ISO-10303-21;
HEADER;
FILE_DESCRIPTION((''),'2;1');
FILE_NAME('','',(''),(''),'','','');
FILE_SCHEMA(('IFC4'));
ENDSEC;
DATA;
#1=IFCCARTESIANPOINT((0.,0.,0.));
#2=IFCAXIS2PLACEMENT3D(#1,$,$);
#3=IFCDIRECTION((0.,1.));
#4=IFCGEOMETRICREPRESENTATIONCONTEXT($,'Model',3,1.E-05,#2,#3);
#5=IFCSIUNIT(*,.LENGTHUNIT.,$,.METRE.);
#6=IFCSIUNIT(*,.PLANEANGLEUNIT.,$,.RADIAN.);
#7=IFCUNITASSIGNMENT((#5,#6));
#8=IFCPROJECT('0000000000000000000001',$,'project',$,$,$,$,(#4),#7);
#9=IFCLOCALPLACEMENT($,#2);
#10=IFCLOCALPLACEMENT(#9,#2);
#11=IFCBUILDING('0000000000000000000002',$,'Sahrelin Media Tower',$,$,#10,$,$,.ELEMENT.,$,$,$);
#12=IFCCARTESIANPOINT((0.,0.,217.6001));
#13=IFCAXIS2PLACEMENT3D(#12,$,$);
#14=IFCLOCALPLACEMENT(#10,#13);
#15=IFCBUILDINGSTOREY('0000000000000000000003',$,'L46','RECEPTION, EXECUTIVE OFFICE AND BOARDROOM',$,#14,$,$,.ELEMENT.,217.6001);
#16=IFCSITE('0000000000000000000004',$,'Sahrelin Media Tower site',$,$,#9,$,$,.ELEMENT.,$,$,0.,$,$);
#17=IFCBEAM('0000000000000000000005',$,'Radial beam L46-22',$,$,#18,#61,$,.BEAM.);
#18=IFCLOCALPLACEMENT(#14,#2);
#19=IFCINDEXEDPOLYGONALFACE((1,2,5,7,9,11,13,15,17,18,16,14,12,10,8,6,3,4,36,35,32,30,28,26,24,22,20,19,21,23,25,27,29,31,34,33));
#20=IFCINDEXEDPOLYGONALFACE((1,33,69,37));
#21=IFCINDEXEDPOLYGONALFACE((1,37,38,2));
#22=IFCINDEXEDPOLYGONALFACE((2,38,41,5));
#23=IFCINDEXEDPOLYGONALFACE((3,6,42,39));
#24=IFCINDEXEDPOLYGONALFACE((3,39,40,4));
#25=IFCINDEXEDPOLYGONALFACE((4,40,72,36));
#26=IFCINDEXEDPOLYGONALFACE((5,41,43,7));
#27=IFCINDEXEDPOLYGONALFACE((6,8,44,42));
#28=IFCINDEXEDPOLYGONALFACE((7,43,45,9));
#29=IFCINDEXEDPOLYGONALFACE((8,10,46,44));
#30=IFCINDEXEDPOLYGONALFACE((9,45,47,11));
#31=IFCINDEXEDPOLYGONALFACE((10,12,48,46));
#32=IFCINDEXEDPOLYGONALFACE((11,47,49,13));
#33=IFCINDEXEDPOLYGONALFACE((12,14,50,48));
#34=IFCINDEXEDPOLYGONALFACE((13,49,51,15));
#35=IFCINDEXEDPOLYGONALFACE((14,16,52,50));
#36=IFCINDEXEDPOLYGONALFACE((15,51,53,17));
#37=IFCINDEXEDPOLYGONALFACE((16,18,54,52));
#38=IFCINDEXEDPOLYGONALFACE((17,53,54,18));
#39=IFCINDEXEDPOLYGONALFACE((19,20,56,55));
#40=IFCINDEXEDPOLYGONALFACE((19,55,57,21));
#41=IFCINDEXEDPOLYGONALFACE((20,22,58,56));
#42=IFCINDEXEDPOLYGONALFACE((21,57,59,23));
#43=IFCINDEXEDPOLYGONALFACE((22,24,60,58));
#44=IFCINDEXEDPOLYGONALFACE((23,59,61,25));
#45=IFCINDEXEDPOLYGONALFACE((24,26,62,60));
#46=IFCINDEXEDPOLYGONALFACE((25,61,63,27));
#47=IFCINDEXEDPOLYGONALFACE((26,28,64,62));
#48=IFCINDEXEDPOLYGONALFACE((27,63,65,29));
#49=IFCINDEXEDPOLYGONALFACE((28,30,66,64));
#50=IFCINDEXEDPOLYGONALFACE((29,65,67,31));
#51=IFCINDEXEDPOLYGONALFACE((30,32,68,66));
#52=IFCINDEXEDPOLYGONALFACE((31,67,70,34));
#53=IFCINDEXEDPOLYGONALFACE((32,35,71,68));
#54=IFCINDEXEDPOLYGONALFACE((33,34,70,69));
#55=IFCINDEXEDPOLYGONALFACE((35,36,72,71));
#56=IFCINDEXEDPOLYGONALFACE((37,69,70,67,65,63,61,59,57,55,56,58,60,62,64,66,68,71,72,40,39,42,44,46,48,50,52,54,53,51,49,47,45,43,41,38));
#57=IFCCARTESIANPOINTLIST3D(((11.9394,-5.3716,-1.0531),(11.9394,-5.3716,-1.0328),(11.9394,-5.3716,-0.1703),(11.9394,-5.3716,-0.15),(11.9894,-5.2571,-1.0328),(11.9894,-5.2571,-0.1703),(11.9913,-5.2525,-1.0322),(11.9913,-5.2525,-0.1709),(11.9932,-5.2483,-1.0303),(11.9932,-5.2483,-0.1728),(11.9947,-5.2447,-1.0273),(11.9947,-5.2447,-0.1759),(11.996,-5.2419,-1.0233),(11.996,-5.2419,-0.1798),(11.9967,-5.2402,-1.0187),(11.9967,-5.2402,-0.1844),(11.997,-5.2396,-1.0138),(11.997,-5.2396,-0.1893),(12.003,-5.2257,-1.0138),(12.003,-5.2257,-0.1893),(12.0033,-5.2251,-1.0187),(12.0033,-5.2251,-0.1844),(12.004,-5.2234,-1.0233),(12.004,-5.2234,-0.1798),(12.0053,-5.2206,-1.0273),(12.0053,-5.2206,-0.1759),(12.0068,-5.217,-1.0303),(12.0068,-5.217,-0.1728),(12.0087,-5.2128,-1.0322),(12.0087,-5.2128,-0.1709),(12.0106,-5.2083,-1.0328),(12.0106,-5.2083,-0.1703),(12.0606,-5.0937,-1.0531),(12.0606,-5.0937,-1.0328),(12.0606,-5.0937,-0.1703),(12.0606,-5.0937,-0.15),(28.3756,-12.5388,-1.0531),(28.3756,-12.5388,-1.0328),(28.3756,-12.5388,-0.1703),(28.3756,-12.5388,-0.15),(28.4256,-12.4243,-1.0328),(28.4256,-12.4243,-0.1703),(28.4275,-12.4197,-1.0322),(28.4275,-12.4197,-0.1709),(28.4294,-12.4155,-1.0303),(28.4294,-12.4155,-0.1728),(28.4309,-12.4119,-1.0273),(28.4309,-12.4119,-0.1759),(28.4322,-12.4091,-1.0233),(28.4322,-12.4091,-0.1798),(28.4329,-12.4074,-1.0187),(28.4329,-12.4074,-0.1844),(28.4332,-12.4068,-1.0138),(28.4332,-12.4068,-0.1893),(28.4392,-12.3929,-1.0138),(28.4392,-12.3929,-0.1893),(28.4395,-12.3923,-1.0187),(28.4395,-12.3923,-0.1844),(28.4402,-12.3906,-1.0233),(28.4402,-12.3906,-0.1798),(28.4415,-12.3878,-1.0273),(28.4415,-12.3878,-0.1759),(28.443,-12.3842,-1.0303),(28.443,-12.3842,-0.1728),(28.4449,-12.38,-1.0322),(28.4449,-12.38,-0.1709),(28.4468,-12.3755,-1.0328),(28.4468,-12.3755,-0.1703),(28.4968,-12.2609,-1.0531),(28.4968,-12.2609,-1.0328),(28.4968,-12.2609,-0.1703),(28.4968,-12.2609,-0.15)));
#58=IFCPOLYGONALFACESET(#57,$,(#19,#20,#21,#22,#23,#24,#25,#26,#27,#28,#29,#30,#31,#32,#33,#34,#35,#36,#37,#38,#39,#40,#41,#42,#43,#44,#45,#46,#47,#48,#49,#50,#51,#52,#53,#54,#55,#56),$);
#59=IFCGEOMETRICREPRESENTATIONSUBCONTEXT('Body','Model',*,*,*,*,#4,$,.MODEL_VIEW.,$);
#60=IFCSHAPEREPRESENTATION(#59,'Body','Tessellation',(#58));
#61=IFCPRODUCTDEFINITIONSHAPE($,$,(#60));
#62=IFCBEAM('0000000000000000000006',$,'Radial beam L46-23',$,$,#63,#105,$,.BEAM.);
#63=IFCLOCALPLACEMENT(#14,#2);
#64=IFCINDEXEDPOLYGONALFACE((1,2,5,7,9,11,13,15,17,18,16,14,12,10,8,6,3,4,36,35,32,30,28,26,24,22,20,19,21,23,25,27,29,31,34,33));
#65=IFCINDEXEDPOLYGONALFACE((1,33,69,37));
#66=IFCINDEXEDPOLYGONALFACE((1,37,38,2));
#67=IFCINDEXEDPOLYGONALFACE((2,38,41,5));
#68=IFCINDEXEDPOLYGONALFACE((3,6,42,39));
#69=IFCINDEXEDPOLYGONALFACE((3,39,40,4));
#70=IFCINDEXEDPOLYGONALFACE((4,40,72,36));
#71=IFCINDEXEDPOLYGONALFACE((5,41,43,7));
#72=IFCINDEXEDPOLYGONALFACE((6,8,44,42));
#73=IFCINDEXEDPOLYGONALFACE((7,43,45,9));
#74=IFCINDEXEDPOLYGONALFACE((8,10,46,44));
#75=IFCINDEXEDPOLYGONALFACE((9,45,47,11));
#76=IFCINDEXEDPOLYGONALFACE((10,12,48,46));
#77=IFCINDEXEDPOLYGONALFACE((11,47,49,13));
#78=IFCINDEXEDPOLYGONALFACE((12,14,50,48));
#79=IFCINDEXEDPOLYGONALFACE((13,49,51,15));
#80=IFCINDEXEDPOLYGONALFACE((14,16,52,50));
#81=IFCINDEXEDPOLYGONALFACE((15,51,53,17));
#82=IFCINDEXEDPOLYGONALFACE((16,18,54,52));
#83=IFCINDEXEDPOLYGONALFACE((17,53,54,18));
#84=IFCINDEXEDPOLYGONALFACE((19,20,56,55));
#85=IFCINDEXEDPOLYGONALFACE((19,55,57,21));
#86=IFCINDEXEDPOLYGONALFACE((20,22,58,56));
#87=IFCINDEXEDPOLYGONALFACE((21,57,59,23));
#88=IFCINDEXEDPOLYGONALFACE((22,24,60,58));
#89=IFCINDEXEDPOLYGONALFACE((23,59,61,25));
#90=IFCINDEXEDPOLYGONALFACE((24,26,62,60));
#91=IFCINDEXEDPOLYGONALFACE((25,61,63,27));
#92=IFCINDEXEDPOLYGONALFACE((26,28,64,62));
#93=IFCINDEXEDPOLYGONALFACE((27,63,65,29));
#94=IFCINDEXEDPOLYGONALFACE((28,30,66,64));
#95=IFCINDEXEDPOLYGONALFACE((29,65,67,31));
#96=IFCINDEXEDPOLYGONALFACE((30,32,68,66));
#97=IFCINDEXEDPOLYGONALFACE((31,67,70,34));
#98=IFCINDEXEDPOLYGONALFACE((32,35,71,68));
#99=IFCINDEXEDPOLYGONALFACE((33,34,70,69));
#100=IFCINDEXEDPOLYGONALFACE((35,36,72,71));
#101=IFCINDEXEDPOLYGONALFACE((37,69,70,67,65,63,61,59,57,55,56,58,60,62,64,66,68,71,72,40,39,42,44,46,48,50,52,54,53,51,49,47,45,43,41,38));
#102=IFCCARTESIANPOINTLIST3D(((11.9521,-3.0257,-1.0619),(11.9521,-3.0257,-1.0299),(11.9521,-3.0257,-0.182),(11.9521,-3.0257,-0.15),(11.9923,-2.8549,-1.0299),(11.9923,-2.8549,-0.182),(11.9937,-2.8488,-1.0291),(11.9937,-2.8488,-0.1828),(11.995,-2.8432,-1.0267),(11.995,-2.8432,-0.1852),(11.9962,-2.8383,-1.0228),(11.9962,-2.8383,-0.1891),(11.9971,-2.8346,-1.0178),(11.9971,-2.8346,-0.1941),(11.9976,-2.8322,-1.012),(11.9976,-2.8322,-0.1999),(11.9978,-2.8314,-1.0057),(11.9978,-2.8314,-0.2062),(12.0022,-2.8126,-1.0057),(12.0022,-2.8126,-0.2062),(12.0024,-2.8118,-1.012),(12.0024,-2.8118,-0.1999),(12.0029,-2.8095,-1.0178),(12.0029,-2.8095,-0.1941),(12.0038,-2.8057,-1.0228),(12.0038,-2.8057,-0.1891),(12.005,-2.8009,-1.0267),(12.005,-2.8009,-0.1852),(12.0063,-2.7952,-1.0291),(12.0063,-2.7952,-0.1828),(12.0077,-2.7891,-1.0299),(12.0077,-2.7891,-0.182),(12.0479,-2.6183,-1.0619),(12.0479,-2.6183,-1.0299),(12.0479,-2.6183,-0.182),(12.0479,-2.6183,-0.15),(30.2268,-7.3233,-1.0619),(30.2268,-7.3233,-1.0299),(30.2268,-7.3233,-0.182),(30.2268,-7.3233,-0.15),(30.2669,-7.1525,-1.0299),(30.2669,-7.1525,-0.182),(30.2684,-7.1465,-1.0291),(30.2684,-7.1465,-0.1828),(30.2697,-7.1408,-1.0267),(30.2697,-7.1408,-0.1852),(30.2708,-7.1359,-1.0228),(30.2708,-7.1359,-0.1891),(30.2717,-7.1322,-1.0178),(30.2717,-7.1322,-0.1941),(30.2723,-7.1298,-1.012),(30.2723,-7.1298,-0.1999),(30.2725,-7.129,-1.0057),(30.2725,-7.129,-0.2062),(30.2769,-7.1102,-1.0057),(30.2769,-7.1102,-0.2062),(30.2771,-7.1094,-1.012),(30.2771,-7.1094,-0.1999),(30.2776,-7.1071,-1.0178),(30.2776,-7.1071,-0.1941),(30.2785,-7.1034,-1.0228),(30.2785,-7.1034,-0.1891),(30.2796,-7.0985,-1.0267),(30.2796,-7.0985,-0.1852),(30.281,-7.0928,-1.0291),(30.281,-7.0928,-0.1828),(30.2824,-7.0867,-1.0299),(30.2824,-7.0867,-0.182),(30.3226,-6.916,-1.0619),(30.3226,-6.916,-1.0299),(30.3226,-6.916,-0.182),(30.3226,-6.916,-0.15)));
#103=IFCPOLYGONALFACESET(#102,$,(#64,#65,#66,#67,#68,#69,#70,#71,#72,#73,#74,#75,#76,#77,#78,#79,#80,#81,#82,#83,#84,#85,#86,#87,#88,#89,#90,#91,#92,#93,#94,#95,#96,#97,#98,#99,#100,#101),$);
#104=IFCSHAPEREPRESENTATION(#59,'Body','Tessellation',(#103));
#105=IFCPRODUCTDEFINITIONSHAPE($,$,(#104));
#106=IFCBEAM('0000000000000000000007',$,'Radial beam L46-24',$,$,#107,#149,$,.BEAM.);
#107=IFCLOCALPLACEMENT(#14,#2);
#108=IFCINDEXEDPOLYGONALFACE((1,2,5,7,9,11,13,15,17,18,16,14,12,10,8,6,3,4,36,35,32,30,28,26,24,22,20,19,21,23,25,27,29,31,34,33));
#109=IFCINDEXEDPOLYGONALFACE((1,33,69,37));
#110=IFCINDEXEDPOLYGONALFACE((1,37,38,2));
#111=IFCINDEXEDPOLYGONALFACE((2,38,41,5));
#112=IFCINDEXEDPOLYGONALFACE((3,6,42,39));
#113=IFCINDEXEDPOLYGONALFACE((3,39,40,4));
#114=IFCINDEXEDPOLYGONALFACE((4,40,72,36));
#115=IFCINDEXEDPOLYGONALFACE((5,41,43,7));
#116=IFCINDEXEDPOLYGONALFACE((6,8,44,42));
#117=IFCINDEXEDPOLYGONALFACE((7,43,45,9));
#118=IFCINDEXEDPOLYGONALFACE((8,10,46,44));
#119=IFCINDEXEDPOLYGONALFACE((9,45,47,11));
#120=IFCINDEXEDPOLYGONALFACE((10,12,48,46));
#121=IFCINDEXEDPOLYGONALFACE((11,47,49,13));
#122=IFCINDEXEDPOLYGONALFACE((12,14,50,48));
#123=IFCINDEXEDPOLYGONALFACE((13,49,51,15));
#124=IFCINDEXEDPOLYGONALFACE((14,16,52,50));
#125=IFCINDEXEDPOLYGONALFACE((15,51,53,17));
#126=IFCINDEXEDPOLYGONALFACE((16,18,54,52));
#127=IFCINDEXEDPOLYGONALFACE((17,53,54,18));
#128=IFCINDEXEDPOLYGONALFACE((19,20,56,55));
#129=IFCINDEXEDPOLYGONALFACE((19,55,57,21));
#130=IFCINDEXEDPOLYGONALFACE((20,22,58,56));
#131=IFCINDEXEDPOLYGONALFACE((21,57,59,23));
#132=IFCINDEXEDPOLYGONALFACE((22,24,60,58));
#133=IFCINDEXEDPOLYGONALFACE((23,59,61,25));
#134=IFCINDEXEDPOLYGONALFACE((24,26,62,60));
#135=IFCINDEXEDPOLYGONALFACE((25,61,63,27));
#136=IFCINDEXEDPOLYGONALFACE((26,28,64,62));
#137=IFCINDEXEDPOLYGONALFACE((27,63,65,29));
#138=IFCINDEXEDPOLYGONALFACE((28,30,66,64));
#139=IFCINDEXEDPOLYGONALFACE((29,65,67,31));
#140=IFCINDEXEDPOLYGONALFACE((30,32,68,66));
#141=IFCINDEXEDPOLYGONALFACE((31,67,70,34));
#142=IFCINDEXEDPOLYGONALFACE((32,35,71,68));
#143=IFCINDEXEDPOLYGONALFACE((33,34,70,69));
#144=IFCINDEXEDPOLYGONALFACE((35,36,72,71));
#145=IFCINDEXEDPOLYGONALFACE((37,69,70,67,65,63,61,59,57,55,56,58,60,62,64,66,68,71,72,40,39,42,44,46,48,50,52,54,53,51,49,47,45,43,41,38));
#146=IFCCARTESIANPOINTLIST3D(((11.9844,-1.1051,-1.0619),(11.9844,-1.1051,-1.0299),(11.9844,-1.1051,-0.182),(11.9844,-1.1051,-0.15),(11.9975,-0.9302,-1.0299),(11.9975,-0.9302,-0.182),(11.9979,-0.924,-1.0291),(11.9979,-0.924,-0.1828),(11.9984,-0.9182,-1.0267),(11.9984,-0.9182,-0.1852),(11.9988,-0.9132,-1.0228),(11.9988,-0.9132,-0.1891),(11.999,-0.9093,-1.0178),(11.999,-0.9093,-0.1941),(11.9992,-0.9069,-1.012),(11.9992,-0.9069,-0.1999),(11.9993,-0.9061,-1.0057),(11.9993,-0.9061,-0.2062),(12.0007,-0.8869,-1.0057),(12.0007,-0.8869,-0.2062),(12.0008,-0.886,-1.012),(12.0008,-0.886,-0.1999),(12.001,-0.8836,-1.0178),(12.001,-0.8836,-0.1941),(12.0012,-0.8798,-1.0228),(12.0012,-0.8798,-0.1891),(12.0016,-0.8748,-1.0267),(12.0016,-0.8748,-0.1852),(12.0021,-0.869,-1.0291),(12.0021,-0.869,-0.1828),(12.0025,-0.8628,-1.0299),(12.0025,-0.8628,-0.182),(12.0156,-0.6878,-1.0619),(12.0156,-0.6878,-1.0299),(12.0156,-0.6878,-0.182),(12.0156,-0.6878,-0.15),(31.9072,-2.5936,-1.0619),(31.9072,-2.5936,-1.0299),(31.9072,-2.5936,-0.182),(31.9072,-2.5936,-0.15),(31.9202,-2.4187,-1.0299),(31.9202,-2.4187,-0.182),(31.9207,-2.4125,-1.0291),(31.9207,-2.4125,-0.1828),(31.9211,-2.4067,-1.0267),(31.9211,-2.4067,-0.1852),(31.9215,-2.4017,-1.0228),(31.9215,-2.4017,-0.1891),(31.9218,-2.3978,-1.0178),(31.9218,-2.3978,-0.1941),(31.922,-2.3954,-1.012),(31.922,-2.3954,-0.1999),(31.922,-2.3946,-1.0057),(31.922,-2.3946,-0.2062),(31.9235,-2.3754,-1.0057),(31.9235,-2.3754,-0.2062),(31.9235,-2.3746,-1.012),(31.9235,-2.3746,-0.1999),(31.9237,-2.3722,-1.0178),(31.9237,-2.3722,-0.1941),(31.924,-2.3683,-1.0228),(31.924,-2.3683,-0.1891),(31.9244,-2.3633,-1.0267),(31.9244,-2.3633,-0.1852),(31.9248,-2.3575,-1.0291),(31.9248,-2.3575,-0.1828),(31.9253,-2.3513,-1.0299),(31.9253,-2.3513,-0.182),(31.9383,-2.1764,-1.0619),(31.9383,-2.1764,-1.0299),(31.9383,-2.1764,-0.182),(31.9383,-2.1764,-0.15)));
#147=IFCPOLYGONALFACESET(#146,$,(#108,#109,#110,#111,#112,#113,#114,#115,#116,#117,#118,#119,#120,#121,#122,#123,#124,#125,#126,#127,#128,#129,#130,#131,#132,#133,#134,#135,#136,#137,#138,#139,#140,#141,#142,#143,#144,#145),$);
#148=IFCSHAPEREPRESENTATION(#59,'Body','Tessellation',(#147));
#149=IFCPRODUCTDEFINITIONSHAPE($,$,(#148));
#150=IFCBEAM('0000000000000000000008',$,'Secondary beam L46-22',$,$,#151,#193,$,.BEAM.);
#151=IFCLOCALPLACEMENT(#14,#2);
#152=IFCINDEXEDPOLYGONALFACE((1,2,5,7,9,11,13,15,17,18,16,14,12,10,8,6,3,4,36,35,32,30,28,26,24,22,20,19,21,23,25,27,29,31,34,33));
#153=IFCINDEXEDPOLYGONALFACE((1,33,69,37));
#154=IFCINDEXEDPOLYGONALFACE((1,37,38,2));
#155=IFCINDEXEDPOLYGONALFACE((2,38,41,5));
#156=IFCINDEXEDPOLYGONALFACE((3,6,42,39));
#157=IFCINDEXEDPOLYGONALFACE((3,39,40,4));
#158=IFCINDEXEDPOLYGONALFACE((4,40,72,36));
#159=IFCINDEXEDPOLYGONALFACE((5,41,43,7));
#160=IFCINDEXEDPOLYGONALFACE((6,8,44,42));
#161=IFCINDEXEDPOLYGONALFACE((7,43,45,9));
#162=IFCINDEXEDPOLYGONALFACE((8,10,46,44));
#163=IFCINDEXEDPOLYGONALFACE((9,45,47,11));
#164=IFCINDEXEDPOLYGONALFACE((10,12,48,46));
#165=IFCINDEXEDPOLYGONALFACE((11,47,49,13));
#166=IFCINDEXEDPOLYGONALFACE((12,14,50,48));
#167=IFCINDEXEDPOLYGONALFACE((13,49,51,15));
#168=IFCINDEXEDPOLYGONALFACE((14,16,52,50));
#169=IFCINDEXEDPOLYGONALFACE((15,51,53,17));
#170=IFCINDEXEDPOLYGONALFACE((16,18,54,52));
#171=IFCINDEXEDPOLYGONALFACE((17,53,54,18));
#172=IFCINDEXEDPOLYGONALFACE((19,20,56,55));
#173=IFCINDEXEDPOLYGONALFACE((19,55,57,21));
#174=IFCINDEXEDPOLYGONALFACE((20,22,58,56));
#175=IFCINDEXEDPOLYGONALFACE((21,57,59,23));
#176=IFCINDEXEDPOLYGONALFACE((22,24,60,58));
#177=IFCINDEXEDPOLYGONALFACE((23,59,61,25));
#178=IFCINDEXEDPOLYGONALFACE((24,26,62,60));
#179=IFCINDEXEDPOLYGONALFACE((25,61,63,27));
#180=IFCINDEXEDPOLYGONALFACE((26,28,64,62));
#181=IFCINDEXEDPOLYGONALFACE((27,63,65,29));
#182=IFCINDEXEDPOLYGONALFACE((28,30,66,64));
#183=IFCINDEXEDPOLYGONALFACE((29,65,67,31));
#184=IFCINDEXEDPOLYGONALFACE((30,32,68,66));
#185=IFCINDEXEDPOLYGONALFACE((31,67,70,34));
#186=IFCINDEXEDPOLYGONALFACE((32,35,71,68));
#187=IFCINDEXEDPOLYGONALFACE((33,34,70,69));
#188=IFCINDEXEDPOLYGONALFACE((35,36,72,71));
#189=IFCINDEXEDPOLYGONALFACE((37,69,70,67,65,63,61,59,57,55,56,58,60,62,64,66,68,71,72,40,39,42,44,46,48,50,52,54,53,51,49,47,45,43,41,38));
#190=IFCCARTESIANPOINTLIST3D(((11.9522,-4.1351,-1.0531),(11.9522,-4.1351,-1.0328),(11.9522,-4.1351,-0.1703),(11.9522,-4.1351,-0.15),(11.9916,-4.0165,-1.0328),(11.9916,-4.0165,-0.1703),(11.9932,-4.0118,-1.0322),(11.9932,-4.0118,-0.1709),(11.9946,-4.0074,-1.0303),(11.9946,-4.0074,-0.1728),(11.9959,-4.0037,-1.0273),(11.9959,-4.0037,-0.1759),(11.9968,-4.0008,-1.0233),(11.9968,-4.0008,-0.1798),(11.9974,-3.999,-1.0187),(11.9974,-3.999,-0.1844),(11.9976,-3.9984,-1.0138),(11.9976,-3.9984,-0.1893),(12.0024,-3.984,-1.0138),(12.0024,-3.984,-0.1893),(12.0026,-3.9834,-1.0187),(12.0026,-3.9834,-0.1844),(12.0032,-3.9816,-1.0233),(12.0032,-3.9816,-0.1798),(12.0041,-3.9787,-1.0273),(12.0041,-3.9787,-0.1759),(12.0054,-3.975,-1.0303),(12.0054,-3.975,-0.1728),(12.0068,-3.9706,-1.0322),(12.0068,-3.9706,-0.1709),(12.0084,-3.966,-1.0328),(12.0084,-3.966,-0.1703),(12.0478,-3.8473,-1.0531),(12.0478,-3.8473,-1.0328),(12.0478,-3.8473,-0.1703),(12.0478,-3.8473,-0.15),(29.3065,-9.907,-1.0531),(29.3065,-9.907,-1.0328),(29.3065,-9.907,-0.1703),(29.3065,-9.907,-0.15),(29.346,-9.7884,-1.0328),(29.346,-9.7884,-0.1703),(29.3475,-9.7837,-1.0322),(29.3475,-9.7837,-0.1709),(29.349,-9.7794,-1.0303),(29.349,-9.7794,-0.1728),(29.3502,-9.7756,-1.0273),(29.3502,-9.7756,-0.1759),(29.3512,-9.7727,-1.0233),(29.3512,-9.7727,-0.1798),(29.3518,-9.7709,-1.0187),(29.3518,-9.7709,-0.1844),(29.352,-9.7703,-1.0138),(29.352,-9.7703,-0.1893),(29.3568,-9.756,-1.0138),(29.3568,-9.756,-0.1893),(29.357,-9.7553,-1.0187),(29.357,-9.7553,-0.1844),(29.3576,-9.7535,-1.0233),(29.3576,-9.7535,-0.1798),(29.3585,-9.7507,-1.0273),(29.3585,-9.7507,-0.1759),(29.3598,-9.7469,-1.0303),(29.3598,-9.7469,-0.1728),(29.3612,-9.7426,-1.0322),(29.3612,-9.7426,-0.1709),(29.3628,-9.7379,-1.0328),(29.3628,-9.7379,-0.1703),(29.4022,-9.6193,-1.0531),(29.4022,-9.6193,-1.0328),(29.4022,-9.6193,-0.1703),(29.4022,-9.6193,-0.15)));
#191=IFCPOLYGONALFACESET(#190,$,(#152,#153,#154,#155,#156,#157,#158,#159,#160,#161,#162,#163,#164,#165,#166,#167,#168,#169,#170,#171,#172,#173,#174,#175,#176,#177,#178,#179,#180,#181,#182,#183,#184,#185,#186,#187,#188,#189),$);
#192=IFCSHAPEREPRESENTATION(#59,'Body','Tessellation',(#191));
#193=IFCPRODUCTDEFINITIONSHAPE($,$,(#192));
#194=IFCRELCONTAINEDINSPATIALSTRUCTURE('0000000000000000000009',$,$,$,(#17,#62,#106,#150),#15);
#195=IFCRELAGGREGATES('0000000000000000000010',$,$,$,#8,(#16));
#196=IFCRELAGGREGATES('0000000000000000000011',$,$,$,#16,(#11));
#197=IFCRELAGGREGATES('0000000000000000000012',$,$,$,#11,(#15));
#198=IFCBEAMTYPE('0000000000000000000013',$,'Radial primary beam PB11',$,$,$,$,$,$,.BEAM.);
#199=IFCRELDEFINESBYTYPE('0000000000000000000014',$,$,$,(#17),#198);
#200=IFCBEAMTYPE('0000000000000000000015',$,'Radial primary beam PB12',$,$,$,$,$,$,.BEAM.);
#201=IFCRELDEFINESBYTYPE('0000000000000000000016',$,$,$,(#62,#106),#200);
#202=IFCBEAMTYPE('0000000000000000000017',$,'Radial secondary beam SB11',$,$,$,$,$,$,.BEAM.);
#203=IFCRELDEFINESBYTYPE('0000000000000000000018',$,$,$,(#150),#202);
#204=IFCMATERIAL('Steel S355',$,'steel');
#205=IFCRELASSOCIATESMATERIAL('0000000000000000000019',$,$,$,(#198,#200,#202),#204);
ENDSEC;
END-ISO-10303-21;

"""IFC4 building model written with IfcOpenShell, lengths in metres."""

from ifc_helpers import new_model, si_unit, direction, frame, origin, origin_2d, place, context, subcontext, project, spatial, i_section, extrude, material, material_profile, profile_set, type_object, element, save


model = new_model("IFC4")

# Units and contexts
model_context = context("Model", 3, precision=1e-05, world=origin(), true_north=direction((0.0, 1.0)))
body_context = subcontext(model_context, "Body", "Model", "MODEL_VIEW")
ifc_project = project(units=[si_unit("LENGTHUNIT", "METRE"), si_unit("PLANEANGLEUNIT", "RADIAN")], contexts=[model_context])

# Site, building, storey
site_placement = place(None, origin())
site = spatial("IfcSite", under=ifc_project, at=site_placement, Name="Sahrelin Media Tower site", CompositionType="ELEMENT", RefElevation=0.0)
building_placement = place(site_placement, origin())
building = spatial("IfcBuilding", under=site, at=building_placement, Name="Sahrelin Media Tower", CompositionType="ELEMENT")
storey_placement = place(building_placement, frame((0.0, 0.0, 217.6001)))
storey = spatial("IfcBuildingStorey", under=building, at=storey_placement, Name="L46", Description="RECEPTION, EXECUTIVE OFFICE AND BOARDROOM", CompositionType="ELEMENT", Elevation=217.6001)

# Beams
ifc_material_1 = material(Name="Steel S355", Category="steel")
ifc_material_profile_1 = material_profile(ifc_material_1, i_section(OverallWidth=0.3032, OverallDepth=0.9031, WebThickness=0.0151, FlangeThickness=0.0203, FilletRadius=0.019, at=origin_2d()), Name="UB 914x305x201")
ifc_profile_set_1 = profile_set([ifc_material_profile_1], Name="Steel S355")
beam_type_1 = type_object("IfcBeamType", Name="Radial primary beam PB11", PredefinedType="BEAM", material=ifc_profile_set_1)
beam_1_placement = place(storey_placement, frame((12.0, -5.2327, -0.6016), z_axis=(0.916641, -0.399712, 0.0), x_axis=(0.399712, 0.916641, 0.0)))
element("IfcBeam", 1, at=beam_1_placement, inside=storey, type_object=beam_type_1, Name="Radial beam L46-22", PredefinedType="BEAM", context=body_context, shape_type="SweptSolid", body=[
    extrude(i_section(OverallWidth=0.3032, OverallDepth=0.9031, WebThickness=0.0151, FlangeThickness=0.0203, FilletRadius=0.019, at=origin_2d()), origin(), (0.0, 0.0, 1.0), 17.9309),
])
ifc_material_profile_2 = material_profile(ifc_material_1, i_section(OverallWidth=0.4185, OverallDepth=0.9119, WebThickness=0.0193, FlangeThickness=0.032, FilletRadius=0.0242, at=origin_2d()), Name="UB 914x419x343")
ifc_profile_set_2 = profile_set([ifc_material_profile_2], Name="Steel S355")
beam_type_2 = type_object("IfcBeamType", Name="Radial primary beam PB12", PredefinedType="BEAM", material=ifc_profile_set_2)
beam_2_placement = place(storey_placement, frame((12.0, -2.822, -0.606), z_axis=(0.973445, -0.228923, 0.0), x_axis=(0.228923, 0.973445, 0.0)))
element("IfcBeam", 2, at=beam_2_placement, inside=storey, type_object=beam_type_2, Name="Radial beam L46-23", PredefinedType="BEAM", context=body_context, shape_type="SweptSolid", body=[
    extrude(i_section(OverallWidth=0.4185, OverallDepth=0.9119, WebThickness=0.0193, FlangeThickness=0.032, FilletRadius=0.0242, at=origin_2d()), origin(), (0.0, 0.0, 1.0), 18.7732),
])
beam_3_placement = place(storey_placement, frame((12.0, -0.8965, -0.606), z_axis=(0.997221, -0.074507, 0.0), x_axis=(0.074507, 0.997221, 0.0)))
element("IfcBeam", 3, at=beam_3_placement, inside=storey, type_object=beam_type_2, Name="Radial beam L46-24", PredefinedType="BEAM", context=body_context, shape_type="SweptSolid", body=[
    extrude(i_section(OverallWidth=0.4185, OverallDepth=0.9119, WebThickness=0.0193, FlangeThickness=0.032, FilletRadius=0.0242, at=origin_2d()), origin(), (0.0, 0.0, 1.0), 19.9783),
])
ifc_material_profile_3 = material_profile(ifc_material_1, i_section(OverallWidth=0.3032, OverallDepth=0.9031, WebThickness=0.0151, FlangeThickness=0.0203, FilletRadius=0.019, at=origin_2d()), Name="UB 914x305x201")
ifc_profile_set_3 = profile_set([ifc_material_profile_3], Name="Steel S355")
beam_type_3 = type_object("IfcBeamType", Name="Radial secondary beam SB11", PredefinedType="BEAM", material=ifc_profile_set_3)
beam_4_placement = place(storey_placement, frame((12.0, -3.9912, -0.6016), z_axis=(0.948894, -0.315595, 0.0), x_axis=(0.315595, 0.948894, 0.0)))
element("IfcBeam", 4, at=beam_4_placement, inside=storey, type_object=beam_type_3, Name="Secondary beam L46-22", PredefinedType="BEAM", context=body_context, shape_type="SweptSolid", body=[
    extrude(i_section(OverallWidth=0.3032, OverallDepth=0.9031, WebThickness=0.0151, FlangeThickness=0.0203, FilletRadius=0.019, at=origin_2d()), origin(), (0.0, 0.0, 1.0), 18.2891),
])

save(model, "model.ifc")
